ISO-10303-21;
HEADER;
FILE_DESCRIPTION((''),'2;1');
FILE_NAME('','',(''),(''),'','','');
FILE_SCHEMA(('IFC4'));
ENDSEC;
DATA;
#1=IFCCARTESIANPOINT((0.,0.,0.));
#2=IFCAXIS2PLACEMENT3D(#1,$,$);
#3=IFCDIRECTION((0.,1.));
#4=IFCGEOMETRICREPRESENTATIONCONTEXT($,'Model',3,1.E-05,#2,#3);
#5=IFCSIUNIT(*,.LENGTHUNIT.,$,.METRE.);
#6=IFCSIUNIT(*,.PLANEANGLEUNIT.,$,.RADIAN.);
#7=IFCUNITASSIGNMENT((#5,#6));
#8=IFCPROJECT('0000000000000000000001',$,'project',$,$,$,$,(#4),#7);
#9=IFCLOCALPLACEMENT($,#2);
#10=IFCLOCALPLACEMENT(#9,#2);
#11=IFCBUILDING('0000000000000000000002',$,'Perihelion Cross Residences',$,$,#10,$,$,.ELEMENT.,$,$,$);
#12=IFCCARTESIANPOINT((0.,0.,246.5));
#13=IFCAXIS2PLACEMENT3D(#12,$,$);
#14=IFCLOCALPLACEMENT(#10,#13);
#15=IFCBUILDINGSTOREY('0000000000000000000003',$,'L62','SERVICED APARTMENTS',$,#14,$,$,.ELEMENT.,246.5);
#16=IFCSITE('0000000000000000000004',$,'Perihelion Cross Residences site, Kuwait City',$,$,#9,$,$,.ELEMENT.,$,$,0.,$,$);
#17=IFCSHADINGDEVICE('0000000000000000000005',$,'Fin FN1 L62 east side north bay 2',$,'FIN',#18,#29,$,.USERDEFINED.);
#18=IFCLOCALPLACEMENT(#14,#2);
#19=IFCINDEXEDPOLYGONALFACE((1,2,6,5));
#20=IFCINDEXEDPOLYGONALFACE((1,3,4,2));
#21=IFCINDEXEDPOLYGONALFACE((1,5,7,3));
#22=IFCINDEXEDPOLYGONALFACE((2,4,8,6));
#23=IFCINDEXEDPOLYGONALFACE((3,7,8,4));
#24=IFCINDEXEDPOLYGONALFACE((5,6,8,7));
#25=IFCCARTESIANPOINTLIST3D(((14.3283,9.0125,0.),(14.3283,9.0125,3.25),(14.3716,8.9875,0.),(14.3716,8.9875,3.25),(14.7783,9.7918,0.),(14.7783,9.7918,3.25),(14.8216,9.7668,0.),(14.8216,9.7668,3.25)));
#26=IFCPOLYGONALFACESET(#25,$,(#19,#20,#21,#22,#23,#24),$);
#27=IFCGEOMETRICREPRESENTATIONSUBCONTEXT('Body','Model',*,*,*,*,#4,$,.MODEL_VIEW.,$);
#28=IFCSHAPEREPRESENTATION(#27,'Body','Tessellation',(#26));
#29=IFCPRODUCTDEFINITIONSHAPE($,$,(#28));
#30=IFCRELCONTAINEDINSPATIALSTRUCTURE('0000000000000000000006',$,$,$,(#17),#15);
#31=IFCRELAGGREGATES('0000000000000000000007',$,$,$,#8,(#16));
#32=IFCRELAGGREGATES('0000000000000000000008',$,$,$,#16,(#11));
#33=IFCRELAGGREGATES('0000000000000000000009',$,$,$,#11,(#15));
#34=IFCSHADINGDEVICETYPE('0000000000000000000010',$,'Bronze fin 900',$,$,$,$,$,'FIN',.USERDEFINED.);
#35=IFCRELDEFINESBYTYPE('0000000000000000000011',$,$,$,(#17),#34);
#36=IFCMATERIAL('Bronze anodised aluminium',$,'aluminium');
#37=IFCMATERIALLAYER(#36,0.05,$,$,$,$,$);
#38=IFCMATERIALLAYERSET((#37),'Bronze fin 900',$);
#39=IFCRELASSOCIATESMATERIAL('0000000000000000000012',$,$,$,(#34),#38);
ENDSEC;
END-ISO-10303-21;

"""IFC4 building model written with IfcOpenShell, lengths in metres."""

from ifc_helpers import new_model, si_unit, direction, frame, origin, origin_2d, place, context, subcontext, project, spatial, rectangle, extrude, material, layer, layer_set, type_object, element, save


model = new_model("IFC4")

# Units and contexts
model_context = context("Model", 3, precision=1e-05, world=origin(), true_north=direction((0.0, 1.0)))
body_context = subcontext(model_context, "Body", "Model", "MODEL_VIEW")
ifc_project = project(units=[si_unit("LENGTHUNIT", "METRE"), si_unit("PLANEANGLEUNIT", "RADIAN")], contexts=[model_context])

# Site, building, storey
site_placement = place(None, origin())
site = spatial("IfcSite", under=ifc_project, at=site_placement, Name="Perihelion Cross Residences site, Kuwait City", CompositionType="ELEMENT", RefElevation=0.0)
building_placement = place(site_placement, origin())
building = spatial("IfcBuilding", under=site, at=building_placement, Name="Perihelion Cross Residences", CompositionType="ELEMENT")
storey_placement = place(building_placement, frame((0.0, 0.0, 246.5)))
storey = spatial("IfcBuildingStorey", under=building, at=storey_placement, Name="L62", Description="SERVICED APARTMENTS", CompositionType="ELEMENT", Elevation=246.5)

# Shading device
ifc_material_1 = material(Name="Bronze anodised aluminium", Category="aluminium")
ifc_layer_1 = layer(ifc_material_1, 0.05)
ifc_layer_set_1 = layer_set([ifc_layer_1], Name="Bronze fin 900")
shading_device_type = type_object("IfcShadingDeviceType", Name="Bronze fin 900", ElementType="FIN", PredefinedType="USERDEFINED", material=ifc_layer_set_1)
shading_device_placement = place(storey_placement, frame((14.575, 9.3896, 0.0), z_axis=(0.0, 0.0, 1.0), x_axis=(0.5, 0.866025, 0.0)))
element("IfcShadingDevice", 1, at=shading_device_placement, inside=storey, type_object=shading_device_type, Name="Fin FN1 L62 east side north bay 2", ObjectType="FIN", PredefinedType="USERDEFINED", context=body_context, shape_type="SweptSolid", body=[
    extrude(rectangle(XDim=0.8999, YDim=0.05, at=origin_2d()), origin(), (0.0, 0.0, 1.0), 3.25),
])

save(model, "model.ifc")
